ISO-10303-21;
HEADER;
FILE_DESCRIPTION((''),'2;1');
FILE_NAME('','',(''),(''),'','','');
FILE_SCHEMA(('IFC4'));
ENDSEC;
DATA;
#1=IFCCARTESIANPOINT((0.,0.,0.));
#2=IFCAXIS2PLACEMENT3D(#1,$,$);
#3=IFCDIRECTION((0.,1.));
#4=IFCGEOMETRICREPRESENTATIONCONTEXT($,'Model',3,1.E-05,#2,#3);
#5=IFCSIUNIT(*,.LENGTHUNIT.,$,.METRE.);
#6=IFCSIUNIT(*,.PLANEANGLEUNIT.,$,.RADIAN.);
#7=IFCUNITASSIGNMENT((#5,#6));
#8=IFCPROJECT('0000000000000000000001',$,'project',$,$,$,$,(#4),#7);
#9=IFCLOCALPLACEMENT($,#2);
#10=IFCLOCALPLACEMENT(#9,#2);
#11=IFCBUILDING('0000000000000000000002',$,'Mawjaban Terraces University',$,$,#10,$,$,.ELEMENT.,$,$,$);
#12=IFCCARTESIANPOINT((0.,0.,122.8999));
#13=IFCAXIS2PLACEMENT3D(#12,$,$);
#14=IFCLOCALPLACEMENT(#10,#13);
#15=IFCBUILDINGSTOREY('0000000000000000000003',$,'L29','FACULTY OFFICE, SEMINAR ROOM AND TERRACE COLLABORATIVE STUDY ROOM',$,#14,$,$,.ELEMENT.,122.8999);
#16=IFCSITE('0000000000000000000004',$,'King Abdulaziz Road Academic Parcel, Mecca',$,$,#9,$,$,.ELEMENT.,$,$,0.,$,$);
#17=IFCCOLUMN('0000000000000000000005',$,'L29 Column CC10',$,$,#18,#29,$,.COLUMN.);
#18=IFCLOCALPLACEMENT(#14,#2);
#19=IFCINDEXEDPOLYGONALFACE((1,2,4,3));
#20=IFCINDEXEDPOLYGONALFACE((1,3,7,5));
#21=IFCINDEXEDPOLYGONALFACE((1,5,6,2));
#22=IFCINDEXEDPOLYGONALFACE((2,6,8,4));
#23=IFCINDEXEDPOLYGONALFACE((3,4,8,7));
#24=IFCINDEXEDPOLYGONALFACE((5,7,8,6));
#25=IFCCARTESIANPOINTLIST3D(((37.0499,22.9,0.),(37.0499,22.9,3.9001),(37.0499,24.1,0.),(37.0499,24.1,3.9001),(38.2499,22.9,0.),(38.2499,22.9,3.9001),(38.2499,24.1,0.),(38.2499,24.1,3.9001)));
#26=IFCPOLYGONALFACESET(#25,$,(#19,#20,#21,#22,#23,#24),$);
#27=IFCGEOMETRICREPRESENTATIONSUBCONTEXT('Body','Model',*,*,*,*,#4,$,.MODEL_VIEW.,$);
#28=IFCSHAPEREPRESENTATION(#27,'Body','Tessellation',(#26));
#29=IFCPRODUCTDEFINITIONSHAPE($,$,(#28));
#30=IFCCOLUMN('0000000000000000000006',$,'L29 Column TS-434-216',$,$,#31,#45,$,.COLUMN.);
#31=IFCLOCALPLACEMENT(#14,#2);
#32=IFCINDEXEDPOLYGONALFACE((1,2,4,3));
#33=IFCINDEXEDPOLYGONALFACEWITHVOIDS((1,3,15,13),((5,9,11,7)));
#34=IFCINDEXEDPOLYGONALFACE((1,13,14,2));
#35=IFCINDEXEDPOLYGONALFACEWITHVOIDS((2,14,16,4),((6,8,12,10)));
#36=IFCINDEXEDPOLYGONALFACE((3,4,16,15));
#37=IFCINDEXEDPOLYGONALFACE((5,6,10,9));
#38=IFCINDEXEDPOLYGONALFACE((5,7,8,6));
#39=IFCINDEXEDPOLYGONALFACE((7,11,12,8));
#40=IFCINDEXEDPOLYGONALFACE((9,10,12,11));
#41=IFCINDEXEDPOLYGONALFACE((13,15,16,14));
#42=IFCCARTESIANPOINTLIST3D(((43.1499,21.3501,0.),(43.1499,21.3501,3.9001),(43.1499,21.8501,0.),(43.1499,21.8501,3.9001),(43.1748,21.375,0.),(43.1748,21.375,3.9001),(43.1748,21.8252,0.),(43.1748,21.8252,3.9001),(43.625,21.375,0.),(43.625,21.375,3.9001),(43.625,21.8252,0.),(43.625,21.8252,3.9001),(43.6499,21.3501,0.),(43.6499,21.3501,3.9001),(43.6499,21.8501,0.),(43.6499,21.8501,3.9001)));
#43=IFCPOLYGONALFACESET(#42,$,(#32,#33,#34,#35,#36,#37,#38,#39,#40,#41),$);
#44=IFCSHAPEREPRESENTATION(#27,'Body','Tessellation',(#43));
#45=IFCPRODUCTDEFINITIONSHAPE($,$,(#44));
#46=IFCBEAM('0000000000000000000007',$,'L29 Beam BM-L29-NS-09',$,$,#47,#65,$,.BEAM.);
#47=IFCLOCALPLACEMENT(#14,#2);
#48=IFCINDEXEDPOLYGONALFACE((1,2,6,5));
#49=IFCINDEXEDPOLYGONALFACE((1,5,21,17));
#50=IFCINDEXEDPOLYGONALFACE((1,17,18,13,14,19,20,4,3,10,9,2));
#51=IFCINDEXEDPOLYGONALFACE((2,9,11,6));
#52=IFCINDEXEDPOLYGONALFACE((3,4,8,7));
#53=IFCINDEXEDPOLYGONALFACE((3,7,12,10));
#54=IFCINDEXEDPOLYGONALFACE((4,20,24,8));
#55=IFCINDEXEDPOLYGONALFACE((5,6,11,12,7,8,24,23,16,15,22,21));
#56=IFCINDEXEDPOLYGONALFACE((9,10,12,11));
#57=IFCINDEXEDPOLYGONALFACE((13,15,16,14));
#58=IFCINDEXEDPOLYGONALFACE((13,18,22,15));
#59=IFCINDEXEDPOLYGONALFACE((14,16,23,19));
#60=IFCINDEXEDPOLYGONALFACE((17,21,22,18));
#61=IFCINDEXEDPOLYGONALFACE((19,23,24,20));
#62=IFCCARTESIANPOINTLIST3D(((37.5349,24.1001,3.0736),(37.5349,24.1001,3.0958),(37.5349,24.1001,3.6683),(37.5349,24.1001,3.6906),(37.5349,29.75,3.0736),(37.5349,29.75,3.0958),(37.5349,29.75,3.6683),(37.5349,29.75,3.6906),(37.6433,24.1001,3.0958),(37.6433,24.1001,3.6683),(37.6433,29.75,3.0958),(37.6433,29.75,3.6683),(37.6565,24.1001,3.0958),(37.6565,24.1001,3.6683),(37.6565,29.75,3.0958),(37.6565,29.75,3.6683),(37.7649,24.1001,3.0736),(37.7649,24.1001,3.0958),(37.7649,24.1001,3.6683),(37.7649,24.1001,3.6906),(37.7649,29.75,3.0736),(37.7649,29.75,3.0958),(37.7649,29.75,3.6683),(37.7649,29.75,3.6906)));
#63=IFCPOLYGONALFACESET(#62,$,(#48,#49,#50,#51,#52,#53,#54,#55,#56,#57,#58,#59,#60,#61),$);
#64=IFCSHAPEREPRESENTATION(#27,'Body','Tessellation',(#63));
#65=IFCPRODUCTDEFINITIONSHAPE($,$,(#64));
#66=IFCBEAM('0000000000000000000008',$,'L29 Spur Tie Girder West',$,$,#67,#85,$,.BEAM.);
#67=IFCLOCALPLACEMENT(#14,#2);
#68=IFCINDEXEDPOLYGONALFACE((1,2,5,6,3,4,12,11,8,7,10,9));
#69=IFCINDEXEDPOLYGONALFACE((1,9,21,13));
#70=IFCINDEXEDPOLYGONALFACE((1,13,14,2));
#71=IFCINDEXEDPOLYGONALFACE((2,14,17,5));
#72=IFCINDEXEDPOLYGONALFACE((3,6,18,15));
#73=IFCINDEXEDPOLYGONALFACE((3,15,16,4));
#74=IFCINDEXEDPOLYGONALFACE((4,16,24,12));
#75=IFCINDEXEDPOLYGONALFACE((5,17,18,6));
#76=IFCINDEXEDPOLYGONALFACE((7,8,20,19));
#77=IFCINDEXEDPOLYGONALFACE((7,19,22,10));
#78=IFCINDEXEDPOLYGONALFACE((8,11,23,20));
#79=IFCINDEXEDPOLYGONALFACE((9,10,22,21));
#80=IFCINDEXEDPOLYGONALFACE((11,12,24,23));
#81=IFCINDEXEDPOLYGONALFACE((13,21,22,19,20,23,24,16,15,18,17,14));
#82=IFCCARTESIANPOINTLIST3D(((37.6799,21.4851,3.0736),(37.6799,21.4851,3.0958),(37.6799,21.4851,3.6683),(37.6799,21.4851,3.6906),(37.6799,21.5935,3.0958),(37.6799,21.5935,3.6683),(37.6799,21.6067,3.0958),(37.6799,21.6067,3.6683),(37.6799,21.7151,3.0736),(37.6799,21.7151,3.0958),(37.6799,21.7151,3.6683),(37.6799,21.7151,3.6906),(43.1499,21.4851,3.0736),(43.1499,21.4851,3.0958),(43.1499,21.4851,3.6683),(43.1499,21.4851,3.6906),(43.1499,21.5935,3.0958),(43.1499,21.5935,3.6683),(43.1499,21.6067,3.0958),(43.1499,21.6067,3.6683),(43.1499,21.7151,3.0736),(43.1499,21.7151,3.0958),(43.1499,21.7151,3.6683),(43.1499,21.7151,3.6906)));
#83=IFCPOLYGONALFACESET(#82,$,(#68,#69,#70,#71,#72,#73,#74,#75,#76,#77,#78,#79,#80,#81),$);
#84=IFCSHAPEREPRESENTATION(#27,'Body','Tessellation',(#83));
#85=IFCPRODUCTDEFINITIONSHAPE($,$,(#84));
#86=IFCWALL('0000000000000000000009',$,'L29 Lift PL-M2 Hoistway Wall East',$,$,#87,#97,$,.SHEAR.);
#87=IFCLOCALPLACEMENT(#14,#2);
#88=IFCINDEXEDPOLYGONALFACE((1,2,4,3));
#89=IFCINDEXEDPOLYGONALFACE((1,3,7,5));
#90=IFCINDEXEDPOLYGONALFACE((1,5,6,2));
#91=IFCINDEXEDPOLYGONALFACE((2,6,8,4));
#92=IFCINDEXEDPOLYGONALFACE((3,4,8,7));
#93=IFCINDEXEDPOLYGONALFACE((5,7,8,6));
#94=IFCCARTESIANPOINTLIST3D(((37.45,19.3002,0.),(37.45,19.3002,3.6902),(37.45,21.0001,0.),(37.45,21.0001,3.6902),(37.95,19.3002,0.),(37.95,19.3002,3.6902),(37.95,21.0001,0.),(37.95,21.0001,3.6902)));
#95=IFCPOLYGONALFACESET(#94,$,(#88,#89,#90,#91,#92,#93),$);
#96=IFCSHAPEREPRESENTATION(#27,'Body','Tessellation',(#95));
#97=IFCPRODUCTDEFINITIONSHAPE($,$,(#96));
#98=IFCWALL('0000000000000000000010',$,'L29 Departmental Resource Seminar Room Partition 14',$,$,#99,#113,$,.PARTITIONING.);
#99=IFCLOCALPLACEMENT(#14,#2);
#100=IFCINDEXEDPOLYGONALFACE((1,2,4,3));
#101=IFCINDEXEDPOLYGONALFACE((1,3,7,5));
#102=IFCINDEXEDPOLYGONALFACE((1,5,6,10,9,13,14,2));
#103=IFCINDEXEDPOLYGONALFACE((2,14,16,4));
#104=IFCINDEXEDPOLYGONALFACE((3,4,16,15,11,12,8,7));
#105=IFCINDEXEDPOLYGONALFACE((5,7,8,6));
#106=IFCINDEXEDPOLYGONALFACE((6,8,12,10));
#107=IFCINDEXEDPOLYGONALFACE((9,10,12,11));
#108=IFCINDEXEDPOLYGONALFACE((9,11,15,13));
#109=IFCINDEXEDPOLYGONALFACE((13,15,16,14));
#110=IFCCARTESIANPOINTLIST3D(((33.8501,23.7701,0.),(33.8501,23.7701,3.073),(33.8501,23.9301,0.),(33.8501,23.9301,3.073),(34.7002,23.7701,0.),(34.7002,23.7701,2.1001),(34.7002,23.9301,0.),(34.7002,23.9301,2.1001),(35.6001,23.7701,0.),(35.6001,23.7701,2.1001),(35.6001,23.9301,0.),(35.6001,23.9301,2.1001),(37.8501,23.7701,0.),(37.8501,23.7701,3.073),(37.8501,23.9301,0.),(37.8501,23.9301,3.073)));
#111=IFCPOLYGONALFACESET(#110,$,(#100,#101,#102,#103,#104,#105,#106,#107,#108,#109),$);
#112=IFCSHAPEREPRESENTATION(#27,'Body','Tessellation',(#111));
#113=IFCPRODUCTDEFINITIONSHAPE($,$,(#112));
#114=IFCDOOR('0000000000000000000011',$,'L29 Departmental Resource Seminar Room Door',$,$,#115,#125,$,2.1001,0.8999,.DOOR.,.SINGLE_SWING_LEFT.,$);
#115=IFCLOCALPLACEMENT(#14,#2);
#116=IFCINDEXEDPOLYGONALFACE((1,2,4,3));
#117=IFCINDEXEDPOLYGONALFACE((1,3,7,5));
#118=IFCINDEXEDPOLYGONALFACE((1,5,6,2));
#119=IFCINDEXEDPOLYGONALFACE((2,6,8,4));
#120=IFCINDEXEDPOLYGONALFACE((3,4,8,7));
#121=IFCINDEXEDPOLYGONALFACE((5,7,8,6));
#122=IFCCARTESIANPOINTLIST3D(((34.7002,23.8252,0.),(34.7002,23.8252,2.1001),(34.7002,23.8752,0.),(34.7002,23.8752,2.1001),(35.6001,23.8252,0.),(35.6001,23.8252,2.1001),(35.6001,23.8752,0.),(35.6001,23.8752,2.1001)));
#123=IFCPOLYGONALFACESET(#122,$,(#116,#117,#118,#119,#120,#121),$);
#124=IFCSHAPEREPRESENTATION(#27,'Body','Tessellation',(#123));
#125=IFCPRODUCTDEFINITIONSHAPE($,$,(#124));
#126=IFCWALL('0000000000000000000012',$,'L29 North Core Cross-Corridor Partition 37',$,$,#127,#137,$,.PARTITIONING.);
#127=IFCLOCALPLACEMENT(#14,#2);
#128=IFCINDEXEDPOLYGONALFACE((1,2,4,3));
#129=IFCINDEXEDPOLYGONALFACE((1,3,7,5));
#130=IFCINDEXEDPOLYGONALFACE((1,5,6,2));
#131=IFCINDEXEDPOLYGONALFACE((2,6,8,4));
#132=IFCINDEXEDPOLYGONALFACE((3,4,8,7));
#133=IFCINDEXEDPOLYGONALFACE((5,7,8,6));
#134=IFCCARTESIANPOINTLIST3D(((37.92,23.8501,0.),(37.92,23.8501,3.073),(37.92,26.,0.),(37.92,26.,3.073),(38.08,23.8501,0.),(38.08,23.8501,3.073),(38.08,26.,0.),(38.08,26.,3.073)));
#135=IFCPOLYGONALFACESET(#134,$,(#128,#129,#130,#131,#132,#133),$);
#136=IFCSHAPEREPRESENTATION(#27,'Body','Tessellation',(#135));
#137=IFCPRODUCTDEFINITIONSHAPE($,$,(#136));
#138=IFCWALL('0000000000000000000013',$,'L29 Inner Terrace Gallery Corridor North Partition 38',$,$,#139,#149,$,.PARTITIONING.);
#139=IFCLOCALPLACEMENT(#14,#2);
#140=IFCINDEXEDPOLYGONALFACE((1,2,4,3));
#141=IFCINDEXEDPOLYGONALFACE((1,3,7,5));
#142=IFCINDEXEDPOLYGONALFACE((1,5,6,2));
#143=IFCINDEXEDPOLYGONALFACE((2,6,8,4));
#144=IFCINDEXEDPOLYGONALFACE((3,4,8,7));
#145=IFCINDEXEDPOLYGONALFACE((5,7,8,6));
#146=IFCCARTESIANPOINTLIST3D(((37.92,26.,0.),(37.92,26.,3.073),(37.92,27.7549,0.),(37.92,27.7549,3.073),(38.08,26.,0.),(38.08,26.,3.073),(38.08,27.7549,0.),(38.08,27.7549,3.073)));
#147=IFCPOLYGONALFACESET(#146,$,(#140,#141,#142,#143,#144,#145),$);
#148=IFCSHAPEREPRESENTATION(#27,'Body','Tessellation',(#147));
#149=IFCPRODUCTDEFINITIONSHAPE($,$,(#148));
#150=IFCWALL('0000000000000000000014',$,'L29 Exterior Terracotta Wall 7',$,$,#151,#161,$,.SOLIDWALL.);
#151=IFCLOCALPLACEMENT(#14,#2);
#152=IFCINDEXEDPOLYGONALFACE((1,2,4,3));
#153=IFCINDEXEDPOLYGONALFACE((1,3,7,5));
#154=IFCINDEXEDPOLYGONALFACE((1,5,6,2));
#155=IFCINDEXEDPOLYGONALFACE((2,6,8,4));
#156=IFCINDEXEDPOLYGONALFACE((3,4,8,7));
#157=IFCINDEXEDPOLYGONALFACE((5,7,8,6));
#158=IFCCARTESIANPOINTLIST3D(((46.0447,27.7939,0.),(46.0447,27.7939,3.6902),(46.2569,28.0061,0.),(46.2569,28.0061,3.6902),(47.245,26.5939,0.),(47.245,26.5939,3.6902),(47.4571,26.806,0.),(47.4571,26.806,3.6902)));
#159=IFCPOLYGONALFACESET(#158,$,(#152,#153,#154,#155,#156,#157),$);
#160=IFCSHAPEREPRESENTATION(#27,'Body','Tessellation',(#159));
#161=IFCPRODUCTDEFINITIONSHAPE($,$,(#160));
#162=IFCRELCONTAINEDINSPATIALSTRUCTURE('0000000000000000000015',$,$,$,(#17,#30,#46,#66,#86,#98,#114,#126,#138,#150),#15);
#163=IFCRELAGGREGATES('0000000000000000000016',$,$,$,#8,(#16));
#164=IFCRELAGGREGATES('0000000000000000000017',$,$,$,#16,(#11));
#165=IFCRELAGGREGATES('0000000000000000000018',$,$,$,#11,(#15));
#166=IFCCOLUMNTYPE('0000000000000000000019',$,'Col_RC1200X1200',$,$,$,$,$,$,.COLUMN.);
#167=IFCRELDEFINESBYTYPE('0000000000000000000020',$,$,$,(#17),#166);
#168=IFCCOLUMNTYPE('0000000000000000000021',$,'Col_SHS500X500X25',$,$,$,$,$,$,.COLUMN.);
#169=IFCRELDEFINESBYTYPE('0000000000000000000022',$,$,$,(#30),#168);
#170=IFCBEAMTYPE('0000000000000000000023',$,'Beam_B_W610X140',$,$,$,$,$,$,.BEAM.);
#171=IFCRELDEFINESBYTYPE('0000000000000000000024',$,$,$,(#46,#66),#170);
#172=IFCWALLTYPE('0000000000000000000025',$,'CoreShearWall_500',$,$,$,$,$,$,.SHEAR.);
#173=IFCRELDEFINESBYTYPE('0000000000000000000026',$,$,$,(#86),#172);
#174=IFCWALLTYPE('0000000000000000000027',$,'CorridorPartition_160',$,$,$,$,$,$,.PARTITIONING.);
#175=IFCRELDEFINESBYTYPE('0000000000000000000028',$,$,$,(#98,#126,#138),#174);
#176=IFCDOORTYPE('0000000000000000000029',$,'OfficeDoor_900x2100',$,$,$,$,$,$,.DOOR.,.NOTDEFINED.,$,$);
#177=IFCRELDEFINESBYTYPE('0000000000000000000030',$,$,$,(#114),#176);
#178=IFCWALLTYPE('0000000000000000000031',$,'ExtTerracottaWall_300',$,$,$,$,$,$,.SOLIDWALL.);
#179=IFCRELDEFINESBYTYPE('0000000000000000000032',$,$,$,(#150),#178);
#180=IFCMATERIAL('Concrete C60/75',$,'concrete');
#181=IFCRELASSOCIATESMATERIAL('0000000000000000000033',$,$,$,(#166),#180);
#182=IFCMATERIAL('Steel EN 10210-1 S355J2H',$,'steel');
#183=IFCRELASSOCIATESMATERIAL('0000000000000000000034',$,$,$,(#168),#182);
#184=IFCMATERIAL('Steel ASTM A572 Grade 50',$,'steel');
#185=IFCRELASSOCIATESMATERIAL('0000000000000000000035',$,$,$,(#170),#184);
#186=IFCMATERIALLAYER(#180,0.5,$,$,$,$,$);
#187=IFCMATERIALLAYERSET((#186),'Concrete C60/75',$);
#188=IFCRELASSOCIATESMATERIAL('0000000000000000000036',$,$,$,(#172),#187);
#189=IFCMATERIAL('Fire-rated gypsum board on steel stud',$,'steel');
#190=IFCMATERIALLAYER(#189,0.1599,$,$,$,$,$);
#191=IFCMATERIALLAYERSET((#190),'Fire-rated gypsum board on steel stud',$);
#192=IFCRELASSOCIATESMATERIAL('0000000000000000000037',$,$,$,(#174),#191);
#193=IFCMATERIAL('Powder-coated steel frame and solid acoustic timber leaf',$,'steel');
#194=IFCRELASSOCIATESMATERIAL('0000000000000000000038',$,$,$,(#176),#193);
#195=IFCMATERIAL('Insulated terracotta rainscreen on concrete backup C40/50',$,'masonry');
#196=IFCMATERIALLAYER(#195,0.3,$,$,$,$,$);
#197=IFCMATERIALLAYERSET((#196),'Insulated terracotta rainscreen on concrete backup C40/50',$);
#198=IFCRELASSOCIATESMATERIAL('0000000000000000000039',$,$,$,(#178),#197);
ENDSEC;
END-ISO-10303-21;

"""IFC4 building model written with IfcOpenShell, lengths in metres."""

from ifc_helpers import new_model, si_unit, direction, frame, frame_2d, origin, origin_2d, place, context, subcontext, project, spatial, rectangle, hollow_rectangle, i_section, extrude, material, layer, layer_set, material_profile, profile_set, type_object, element, fill, save


model = new_model("IFC4")

# Units and contexts
model_context = context("Model", 3, precision=1e-05, world=origin(), true_north=direction((0.0, 1.0)))
body_context = subcontext(model_context, "Body", "Model", "MODEL_VIEW")
ifc_project = project(units=[si_unit("LENGTHUNIT", "METRE"), si_unit("PLANEANGLEUNIT", "RADIAN")], contexts=[model_context])

# Site, building, storey
site_placement = place(None, origin())
site = spatial("IfcSite", under=ifc_project, at=site_placement, Name="King Abdulaziz Road Academic Parcel, Mecca", CompositionType="ELEMENT", RefElevation=0.0)
building_placement = place(site_placement, origin())
building = spatial("IfcBuilding", under=site, at=building_placement, Name="Mawjaban Terraces University", CompositionType="ELEMENT")
storey_placement = place(building_placement, frame((0.0, 0.0, 122.8999)))
storey = spatial("IfcBuildingStorey", under=building, at=storey_placement, Name="L29", Description="FACULTY OFFICE, SEMINAR ROOM AND TERRACE COLLABORATIVE STUDY ROOM", CompositionType="ELEMENT", Elevation=122.8999)

# Columns
ifc_material_1 = material(Name="Concrete C60/75", Category="concrete")
ifc_material_profile_1 = material_profile(ifc_material_1, rectangle(XDim=1.2, YDim=1.2, at=origin_2d()), Name="RC1200X1200")
ifc_profile_set_1 = profile_set([ifc_material_profile_1], Name="Concrete C60/75")
column_type_1 = type_object("IfcColumnType", Name="Col_RC1200X1200", PredefinedType="COLUMN", material=ifc_profile_set_1)
column_1_placement = place(storey_placement, frame((37.6499, 23.5, 0.0), z_axis=(0.0, 0.0, 1.0), x_axis=(1.0, 0.0, 0.0)))
element("IfcColumn", 1, at=column_1_placement, inside=storey, type_object=column_type_1, Name="L29 Column CC10", PredefinedType="COLUMN", context=body_context, shape_type="SweptSolid", body=[
    extrude(rectangle(XDim=1.2, YDim=1.2, at=origin_2d()), origin(), (0.0, 0.0, 1.0), 3.9001),
])
ifc_material_2 = material(Name="Steel EN 10210-1 S355J2H", Category="steel")
ifc_material_profile_2 = material_profile(ifc_material_2, hollow_rectangle(XDim=0.5, YDim=0.5, WallThickness=0.0249, at=origin_2d()), Name="SHS500X500X25")
ifc_profile_set_2 = profile_set([ifc_material_profile_2], Name="Steel EN 10210-1 S355J2H")
column_type_2 = type_object("IfcColumnType", Name="Col_SHS500X500X25", PredefinedType="COLUMN", material=ifc_profile_set_2)
column_2_placement = place(storey_placement, frame((43.3999, 21.6001, 0.0), z_axis=(0.0, 0.0, 1.0), x_axis=(1.0, 0.0, 0.0)))
element("IfcColumn", 2, at=column_2_placement, inside=storey, type_object=column_type_2, Name="L29 Column TS-434-216", PredefinedType="COLUMN", context=body_context, shape_type="SweptSolid", body=[
    extrude(hollow_rectangle(XDim=0.5, YDim=0.5, WallThickness=0.0249, at=origin_2d()), origin(), (0.0, 0.0, 1.0), 3.9001),
])

# Beams
ifc_material_3 = material(Name="Steel ASTM A572 Grade 50", Category="steel")
ifc_material_profile_3 = material_profile(ifc_material_3, i_section(OverallWidth=0.23, OverallDepth=0.6169, WebThickness=0.0132, FlangeThickness=0.0222, at=origin_2d()), Name="W610X140")
ifc_profile_set_3 = profile_set([ifc_material_profile_3], Name="Steel ASTM A572 Grade 50")
beam_type = type_object("IfcBeamType", Name="Beam_B_W610X140", PredefinedType="BEAM", material=ifc_profile_set_3)
beam_1_placement = place(storey_placement, frame((37.6499, 24.1001, 3.3821), z_axis=(0.0, 1.0, 0.0), x_axis=(-1.0, 0.0, 0.0)))
element("IfcBeam", 3, at=beam_1_placement, inside=storey, type_object=beam_type, Name="L29 Beam BM-L29-NS-09", PredefinedType="BEAM", context=body_context, shape_type="SweptSolid", body=[
    extrude(i_section(OverallWidth=0.23, OverallDepth=0.6169, WebThickness=0.0132, FlangeThickness=0.0222, at=origin_2d()), origin(), (0.0, 0.0, 1.0), 5.6499),
])
beam_2_placement = place(storey_placement, frame((37.6799, 21.6001, 3.3821), z_axis=(1.0, 0.0, 0.0), x_axis=(0.0, 1.0, 0.0)))
element("IfcBeam", 4, at=beam_2_placement, inside=storey, type_object=beam_type, Name="L29 Spur Tie Girder West", PredefinedType="BEAM", context=body_context, shape_type="SweptSolid", body=[
    extrude(i_section(OverallWidth=0.23, OverallDepth=0.6169, WebThickness=0.0132, FlangeThickness=0.0222, at=origin_2d()), origin(), (0.0, 0.0, 1.0), 5.47),
])

# Wall
ifc_layer_1 = layer(ifc_material_1, 0.5)
ifc_layer_set_1 = layer_set([ifc_layer_1], Name="Concrete C60/75")
wall_type_1 = type_object("IfcWallType", Name="CoreShearWall_500", PredefinedType="SHEAR", material=ifc_layer_set_1)
wall_1_placement = place(storey_placement, frame((37.7, 19.3, 0.0), z_axis=(0.0, 0.0, 1.0), x_axis=(0.0, 1.0, 0.0)))
element("IfcWall", 5, at=wall_1_placement, inside=storey, type_object=wall_type_1, Name="L29 Lift PL-M2 Hoistway Wall East", PredefinedType="SHEAR", context=body_context, shape_type="SweptSolid", body=[
    extrude(rectangle(XDim=1.7, YDim=0.5, at=frame_2d((0.8501, 0.0))), origin(), (0.0, 0.0, 1.0), 3.6902),
])

# Wall, opening, door
ifc_material_4 = material(Name="Fire-rated gypsum board on steel stud", Category="steel")
ifc_layer_2 = layer(ifc_material_4, 0.1599)
ifc_layer_set_2 = layer_set([ifc_layer_2], Name="Fire-rated gypsum board on steel stud")
wall_type_2 = type_object("IfcWallType", Name="CorridorPartition_160", PredefinedType="PARTITIONING", material=ifc_layer_set_2)
wall_2_placement = place(storey_placement, frame((37.8501, 23.8501, 0.0), z_axis=(0.0, 0.0, 1.0), x_axis=(-1.0, 0.0, 0.0)))
wall_2 = element("IfcWall", 6, at=wall_2_placement, inside=storey, type_object=wall_type_2, Name="L29 Departmental Resource Seminar Room Partition 14", PredefinedType="PARTITIONING", context=body_context, shape_type="SweptSolid", body=[
    extrude(rectangle(XDim=4.0, YDim=0.1599, at=frame_2d((2.0, 0.0))), origin(), (0.0, 0.0, 1.0), 3.073),
])
opening_1_placement = place(wall_2_placement, frame((2.25, 0.0, 0.0)))
opening_1 = element("IfcOpeningElement", 7, at=opening_1_placement, cuts=wall_2, PredefinedType="OPENING", context=body_context, shape_type="SweptSolid", body=[
    extrude(rectangle(XDim=0.8999, YDim=2.1001, at=frame_2d((0.45, 1.05))), frame((0.0, 0.0898, 0.0), z_axis=(0.0, -1.0, 0.0), x_axis=(1.0, 0.0, 0.0)), (0.0, 0.0, 1.0), 0.1799),
])
ifc_material_5 = material(Name="Powder-coated steel frame and solid acoustic timber leaf", Category="steel")
door_type_1 = type_object("IfcDoorType", Name="OfficeDoor_900x2100", OperationType="NOTDEFINED", PredefinedType="DOOR", material=ifc_material_5)
door_1_placement = place(opening_1_placement, origin())
door_1 = element("IfcDoor", 8, at=door_1_placement, inside=storey, type_object=door_type_1, Name="L29 Departmental Resource Seminar Room Door", OperationType="SINGLE_SWING_LEFT", OverallHeight=2.1001, OverallWidth=0.8999, PredefinedType="DOOR", context=body_context, shape_type="SweptSolid", body=[
    extrude(rectangle(XDim=0.8999, YDim=2.1001, at=frame_2d((0.45, 1.05))), frame((0.0, 0.0249, 0.0), z_axis=(0.0, -1.0, 0.0), x_axis=(1.0, 0.0, 0.0)), (0.0, 0.0, 1.0), 0.05),
])
fill(opening_1, door_1)

# Walls
wall_3_placement = place(storey_placement, frame((38.0, 23.8501, 0.0), z_axis=(0.0, 0.0, 1.0), x_axis=(0.0, 1.0, 0.0)))
element("IfcWall", 9, at=wall_3_placement, inside=storey, type_object=wall_type_2, Name="L29 North Core Cross-Corridor Partition 37", PredefinedType="PARTITIONING", context=body_context, shape_type="SweptSolid", body=[
    extrude(rectangle(XDim=2.1499, YDim=0.1599, at=frame_2d((1.075, 0.0))), origin(), (0.0, 0.0, 1.0), 3.073),
])
wall_4_placement = place(storey_placement, frame((38.0, 26.0, 0.0), z_axis=(0.0, 0.0, 1.0), x_axis=(0.0, 1.0, 0.0)))
element("IfcWall", 10, at=wall_4_placement, inside=storey, type_object=wall_type_2, Name="L29 Inner Terrace Gallery Corridor North Partition 38", PredefinedType="PARTITIONING", context=body_context, shape_type="SweptSolid", body=[
    extrude(rectangle(XDim=1.7549, YDim=0.1599, at=frame_2d((0.8774, 0.0))), origin(), (0.0, 0.0, 1.0), 3.073),
])
ifc_material_6 = material(Name="Insulated terracotta rainscreen on concrete backup C40/50", Category="masonry")
ifc_layer_3 = layer(ifc_material_6, 0.3)
ifc_layer_set_3 = layer_set([ifc_layer_3], Name="Insulated terracotta rainscreen on concrete backup C40/50")
wall_type_3 = type_object("IfcWallType", Name="ExtTerracottaWall_300", PredefinedType="SOLIDWALL", material=ifc_layer_set_3)
wall_5_placement = place(storey_placement, frame((47.3511, 26.7, 0.0), z_axis=(0.0, 0.0, 1.0), x_axis=(-0.707179, 0.707035, 0.0)))
element("IfcWall", 11, at=wall_5_placement, inside=storey, type_object=wall_type_3, Name="L29 Exterior Terracotta Wall 7", PredefinedType="SOLIDWALL", context=body_context, shape_type="SweptSolid", body=[
    extrude(rectangle(XDim=1.6973, YDim=0.3, at=frame_2d((0.8486, 0.0))), origin(), (0.0, 0.0, 1.0), 3.6902),
])

save(model, "model.ifc")
